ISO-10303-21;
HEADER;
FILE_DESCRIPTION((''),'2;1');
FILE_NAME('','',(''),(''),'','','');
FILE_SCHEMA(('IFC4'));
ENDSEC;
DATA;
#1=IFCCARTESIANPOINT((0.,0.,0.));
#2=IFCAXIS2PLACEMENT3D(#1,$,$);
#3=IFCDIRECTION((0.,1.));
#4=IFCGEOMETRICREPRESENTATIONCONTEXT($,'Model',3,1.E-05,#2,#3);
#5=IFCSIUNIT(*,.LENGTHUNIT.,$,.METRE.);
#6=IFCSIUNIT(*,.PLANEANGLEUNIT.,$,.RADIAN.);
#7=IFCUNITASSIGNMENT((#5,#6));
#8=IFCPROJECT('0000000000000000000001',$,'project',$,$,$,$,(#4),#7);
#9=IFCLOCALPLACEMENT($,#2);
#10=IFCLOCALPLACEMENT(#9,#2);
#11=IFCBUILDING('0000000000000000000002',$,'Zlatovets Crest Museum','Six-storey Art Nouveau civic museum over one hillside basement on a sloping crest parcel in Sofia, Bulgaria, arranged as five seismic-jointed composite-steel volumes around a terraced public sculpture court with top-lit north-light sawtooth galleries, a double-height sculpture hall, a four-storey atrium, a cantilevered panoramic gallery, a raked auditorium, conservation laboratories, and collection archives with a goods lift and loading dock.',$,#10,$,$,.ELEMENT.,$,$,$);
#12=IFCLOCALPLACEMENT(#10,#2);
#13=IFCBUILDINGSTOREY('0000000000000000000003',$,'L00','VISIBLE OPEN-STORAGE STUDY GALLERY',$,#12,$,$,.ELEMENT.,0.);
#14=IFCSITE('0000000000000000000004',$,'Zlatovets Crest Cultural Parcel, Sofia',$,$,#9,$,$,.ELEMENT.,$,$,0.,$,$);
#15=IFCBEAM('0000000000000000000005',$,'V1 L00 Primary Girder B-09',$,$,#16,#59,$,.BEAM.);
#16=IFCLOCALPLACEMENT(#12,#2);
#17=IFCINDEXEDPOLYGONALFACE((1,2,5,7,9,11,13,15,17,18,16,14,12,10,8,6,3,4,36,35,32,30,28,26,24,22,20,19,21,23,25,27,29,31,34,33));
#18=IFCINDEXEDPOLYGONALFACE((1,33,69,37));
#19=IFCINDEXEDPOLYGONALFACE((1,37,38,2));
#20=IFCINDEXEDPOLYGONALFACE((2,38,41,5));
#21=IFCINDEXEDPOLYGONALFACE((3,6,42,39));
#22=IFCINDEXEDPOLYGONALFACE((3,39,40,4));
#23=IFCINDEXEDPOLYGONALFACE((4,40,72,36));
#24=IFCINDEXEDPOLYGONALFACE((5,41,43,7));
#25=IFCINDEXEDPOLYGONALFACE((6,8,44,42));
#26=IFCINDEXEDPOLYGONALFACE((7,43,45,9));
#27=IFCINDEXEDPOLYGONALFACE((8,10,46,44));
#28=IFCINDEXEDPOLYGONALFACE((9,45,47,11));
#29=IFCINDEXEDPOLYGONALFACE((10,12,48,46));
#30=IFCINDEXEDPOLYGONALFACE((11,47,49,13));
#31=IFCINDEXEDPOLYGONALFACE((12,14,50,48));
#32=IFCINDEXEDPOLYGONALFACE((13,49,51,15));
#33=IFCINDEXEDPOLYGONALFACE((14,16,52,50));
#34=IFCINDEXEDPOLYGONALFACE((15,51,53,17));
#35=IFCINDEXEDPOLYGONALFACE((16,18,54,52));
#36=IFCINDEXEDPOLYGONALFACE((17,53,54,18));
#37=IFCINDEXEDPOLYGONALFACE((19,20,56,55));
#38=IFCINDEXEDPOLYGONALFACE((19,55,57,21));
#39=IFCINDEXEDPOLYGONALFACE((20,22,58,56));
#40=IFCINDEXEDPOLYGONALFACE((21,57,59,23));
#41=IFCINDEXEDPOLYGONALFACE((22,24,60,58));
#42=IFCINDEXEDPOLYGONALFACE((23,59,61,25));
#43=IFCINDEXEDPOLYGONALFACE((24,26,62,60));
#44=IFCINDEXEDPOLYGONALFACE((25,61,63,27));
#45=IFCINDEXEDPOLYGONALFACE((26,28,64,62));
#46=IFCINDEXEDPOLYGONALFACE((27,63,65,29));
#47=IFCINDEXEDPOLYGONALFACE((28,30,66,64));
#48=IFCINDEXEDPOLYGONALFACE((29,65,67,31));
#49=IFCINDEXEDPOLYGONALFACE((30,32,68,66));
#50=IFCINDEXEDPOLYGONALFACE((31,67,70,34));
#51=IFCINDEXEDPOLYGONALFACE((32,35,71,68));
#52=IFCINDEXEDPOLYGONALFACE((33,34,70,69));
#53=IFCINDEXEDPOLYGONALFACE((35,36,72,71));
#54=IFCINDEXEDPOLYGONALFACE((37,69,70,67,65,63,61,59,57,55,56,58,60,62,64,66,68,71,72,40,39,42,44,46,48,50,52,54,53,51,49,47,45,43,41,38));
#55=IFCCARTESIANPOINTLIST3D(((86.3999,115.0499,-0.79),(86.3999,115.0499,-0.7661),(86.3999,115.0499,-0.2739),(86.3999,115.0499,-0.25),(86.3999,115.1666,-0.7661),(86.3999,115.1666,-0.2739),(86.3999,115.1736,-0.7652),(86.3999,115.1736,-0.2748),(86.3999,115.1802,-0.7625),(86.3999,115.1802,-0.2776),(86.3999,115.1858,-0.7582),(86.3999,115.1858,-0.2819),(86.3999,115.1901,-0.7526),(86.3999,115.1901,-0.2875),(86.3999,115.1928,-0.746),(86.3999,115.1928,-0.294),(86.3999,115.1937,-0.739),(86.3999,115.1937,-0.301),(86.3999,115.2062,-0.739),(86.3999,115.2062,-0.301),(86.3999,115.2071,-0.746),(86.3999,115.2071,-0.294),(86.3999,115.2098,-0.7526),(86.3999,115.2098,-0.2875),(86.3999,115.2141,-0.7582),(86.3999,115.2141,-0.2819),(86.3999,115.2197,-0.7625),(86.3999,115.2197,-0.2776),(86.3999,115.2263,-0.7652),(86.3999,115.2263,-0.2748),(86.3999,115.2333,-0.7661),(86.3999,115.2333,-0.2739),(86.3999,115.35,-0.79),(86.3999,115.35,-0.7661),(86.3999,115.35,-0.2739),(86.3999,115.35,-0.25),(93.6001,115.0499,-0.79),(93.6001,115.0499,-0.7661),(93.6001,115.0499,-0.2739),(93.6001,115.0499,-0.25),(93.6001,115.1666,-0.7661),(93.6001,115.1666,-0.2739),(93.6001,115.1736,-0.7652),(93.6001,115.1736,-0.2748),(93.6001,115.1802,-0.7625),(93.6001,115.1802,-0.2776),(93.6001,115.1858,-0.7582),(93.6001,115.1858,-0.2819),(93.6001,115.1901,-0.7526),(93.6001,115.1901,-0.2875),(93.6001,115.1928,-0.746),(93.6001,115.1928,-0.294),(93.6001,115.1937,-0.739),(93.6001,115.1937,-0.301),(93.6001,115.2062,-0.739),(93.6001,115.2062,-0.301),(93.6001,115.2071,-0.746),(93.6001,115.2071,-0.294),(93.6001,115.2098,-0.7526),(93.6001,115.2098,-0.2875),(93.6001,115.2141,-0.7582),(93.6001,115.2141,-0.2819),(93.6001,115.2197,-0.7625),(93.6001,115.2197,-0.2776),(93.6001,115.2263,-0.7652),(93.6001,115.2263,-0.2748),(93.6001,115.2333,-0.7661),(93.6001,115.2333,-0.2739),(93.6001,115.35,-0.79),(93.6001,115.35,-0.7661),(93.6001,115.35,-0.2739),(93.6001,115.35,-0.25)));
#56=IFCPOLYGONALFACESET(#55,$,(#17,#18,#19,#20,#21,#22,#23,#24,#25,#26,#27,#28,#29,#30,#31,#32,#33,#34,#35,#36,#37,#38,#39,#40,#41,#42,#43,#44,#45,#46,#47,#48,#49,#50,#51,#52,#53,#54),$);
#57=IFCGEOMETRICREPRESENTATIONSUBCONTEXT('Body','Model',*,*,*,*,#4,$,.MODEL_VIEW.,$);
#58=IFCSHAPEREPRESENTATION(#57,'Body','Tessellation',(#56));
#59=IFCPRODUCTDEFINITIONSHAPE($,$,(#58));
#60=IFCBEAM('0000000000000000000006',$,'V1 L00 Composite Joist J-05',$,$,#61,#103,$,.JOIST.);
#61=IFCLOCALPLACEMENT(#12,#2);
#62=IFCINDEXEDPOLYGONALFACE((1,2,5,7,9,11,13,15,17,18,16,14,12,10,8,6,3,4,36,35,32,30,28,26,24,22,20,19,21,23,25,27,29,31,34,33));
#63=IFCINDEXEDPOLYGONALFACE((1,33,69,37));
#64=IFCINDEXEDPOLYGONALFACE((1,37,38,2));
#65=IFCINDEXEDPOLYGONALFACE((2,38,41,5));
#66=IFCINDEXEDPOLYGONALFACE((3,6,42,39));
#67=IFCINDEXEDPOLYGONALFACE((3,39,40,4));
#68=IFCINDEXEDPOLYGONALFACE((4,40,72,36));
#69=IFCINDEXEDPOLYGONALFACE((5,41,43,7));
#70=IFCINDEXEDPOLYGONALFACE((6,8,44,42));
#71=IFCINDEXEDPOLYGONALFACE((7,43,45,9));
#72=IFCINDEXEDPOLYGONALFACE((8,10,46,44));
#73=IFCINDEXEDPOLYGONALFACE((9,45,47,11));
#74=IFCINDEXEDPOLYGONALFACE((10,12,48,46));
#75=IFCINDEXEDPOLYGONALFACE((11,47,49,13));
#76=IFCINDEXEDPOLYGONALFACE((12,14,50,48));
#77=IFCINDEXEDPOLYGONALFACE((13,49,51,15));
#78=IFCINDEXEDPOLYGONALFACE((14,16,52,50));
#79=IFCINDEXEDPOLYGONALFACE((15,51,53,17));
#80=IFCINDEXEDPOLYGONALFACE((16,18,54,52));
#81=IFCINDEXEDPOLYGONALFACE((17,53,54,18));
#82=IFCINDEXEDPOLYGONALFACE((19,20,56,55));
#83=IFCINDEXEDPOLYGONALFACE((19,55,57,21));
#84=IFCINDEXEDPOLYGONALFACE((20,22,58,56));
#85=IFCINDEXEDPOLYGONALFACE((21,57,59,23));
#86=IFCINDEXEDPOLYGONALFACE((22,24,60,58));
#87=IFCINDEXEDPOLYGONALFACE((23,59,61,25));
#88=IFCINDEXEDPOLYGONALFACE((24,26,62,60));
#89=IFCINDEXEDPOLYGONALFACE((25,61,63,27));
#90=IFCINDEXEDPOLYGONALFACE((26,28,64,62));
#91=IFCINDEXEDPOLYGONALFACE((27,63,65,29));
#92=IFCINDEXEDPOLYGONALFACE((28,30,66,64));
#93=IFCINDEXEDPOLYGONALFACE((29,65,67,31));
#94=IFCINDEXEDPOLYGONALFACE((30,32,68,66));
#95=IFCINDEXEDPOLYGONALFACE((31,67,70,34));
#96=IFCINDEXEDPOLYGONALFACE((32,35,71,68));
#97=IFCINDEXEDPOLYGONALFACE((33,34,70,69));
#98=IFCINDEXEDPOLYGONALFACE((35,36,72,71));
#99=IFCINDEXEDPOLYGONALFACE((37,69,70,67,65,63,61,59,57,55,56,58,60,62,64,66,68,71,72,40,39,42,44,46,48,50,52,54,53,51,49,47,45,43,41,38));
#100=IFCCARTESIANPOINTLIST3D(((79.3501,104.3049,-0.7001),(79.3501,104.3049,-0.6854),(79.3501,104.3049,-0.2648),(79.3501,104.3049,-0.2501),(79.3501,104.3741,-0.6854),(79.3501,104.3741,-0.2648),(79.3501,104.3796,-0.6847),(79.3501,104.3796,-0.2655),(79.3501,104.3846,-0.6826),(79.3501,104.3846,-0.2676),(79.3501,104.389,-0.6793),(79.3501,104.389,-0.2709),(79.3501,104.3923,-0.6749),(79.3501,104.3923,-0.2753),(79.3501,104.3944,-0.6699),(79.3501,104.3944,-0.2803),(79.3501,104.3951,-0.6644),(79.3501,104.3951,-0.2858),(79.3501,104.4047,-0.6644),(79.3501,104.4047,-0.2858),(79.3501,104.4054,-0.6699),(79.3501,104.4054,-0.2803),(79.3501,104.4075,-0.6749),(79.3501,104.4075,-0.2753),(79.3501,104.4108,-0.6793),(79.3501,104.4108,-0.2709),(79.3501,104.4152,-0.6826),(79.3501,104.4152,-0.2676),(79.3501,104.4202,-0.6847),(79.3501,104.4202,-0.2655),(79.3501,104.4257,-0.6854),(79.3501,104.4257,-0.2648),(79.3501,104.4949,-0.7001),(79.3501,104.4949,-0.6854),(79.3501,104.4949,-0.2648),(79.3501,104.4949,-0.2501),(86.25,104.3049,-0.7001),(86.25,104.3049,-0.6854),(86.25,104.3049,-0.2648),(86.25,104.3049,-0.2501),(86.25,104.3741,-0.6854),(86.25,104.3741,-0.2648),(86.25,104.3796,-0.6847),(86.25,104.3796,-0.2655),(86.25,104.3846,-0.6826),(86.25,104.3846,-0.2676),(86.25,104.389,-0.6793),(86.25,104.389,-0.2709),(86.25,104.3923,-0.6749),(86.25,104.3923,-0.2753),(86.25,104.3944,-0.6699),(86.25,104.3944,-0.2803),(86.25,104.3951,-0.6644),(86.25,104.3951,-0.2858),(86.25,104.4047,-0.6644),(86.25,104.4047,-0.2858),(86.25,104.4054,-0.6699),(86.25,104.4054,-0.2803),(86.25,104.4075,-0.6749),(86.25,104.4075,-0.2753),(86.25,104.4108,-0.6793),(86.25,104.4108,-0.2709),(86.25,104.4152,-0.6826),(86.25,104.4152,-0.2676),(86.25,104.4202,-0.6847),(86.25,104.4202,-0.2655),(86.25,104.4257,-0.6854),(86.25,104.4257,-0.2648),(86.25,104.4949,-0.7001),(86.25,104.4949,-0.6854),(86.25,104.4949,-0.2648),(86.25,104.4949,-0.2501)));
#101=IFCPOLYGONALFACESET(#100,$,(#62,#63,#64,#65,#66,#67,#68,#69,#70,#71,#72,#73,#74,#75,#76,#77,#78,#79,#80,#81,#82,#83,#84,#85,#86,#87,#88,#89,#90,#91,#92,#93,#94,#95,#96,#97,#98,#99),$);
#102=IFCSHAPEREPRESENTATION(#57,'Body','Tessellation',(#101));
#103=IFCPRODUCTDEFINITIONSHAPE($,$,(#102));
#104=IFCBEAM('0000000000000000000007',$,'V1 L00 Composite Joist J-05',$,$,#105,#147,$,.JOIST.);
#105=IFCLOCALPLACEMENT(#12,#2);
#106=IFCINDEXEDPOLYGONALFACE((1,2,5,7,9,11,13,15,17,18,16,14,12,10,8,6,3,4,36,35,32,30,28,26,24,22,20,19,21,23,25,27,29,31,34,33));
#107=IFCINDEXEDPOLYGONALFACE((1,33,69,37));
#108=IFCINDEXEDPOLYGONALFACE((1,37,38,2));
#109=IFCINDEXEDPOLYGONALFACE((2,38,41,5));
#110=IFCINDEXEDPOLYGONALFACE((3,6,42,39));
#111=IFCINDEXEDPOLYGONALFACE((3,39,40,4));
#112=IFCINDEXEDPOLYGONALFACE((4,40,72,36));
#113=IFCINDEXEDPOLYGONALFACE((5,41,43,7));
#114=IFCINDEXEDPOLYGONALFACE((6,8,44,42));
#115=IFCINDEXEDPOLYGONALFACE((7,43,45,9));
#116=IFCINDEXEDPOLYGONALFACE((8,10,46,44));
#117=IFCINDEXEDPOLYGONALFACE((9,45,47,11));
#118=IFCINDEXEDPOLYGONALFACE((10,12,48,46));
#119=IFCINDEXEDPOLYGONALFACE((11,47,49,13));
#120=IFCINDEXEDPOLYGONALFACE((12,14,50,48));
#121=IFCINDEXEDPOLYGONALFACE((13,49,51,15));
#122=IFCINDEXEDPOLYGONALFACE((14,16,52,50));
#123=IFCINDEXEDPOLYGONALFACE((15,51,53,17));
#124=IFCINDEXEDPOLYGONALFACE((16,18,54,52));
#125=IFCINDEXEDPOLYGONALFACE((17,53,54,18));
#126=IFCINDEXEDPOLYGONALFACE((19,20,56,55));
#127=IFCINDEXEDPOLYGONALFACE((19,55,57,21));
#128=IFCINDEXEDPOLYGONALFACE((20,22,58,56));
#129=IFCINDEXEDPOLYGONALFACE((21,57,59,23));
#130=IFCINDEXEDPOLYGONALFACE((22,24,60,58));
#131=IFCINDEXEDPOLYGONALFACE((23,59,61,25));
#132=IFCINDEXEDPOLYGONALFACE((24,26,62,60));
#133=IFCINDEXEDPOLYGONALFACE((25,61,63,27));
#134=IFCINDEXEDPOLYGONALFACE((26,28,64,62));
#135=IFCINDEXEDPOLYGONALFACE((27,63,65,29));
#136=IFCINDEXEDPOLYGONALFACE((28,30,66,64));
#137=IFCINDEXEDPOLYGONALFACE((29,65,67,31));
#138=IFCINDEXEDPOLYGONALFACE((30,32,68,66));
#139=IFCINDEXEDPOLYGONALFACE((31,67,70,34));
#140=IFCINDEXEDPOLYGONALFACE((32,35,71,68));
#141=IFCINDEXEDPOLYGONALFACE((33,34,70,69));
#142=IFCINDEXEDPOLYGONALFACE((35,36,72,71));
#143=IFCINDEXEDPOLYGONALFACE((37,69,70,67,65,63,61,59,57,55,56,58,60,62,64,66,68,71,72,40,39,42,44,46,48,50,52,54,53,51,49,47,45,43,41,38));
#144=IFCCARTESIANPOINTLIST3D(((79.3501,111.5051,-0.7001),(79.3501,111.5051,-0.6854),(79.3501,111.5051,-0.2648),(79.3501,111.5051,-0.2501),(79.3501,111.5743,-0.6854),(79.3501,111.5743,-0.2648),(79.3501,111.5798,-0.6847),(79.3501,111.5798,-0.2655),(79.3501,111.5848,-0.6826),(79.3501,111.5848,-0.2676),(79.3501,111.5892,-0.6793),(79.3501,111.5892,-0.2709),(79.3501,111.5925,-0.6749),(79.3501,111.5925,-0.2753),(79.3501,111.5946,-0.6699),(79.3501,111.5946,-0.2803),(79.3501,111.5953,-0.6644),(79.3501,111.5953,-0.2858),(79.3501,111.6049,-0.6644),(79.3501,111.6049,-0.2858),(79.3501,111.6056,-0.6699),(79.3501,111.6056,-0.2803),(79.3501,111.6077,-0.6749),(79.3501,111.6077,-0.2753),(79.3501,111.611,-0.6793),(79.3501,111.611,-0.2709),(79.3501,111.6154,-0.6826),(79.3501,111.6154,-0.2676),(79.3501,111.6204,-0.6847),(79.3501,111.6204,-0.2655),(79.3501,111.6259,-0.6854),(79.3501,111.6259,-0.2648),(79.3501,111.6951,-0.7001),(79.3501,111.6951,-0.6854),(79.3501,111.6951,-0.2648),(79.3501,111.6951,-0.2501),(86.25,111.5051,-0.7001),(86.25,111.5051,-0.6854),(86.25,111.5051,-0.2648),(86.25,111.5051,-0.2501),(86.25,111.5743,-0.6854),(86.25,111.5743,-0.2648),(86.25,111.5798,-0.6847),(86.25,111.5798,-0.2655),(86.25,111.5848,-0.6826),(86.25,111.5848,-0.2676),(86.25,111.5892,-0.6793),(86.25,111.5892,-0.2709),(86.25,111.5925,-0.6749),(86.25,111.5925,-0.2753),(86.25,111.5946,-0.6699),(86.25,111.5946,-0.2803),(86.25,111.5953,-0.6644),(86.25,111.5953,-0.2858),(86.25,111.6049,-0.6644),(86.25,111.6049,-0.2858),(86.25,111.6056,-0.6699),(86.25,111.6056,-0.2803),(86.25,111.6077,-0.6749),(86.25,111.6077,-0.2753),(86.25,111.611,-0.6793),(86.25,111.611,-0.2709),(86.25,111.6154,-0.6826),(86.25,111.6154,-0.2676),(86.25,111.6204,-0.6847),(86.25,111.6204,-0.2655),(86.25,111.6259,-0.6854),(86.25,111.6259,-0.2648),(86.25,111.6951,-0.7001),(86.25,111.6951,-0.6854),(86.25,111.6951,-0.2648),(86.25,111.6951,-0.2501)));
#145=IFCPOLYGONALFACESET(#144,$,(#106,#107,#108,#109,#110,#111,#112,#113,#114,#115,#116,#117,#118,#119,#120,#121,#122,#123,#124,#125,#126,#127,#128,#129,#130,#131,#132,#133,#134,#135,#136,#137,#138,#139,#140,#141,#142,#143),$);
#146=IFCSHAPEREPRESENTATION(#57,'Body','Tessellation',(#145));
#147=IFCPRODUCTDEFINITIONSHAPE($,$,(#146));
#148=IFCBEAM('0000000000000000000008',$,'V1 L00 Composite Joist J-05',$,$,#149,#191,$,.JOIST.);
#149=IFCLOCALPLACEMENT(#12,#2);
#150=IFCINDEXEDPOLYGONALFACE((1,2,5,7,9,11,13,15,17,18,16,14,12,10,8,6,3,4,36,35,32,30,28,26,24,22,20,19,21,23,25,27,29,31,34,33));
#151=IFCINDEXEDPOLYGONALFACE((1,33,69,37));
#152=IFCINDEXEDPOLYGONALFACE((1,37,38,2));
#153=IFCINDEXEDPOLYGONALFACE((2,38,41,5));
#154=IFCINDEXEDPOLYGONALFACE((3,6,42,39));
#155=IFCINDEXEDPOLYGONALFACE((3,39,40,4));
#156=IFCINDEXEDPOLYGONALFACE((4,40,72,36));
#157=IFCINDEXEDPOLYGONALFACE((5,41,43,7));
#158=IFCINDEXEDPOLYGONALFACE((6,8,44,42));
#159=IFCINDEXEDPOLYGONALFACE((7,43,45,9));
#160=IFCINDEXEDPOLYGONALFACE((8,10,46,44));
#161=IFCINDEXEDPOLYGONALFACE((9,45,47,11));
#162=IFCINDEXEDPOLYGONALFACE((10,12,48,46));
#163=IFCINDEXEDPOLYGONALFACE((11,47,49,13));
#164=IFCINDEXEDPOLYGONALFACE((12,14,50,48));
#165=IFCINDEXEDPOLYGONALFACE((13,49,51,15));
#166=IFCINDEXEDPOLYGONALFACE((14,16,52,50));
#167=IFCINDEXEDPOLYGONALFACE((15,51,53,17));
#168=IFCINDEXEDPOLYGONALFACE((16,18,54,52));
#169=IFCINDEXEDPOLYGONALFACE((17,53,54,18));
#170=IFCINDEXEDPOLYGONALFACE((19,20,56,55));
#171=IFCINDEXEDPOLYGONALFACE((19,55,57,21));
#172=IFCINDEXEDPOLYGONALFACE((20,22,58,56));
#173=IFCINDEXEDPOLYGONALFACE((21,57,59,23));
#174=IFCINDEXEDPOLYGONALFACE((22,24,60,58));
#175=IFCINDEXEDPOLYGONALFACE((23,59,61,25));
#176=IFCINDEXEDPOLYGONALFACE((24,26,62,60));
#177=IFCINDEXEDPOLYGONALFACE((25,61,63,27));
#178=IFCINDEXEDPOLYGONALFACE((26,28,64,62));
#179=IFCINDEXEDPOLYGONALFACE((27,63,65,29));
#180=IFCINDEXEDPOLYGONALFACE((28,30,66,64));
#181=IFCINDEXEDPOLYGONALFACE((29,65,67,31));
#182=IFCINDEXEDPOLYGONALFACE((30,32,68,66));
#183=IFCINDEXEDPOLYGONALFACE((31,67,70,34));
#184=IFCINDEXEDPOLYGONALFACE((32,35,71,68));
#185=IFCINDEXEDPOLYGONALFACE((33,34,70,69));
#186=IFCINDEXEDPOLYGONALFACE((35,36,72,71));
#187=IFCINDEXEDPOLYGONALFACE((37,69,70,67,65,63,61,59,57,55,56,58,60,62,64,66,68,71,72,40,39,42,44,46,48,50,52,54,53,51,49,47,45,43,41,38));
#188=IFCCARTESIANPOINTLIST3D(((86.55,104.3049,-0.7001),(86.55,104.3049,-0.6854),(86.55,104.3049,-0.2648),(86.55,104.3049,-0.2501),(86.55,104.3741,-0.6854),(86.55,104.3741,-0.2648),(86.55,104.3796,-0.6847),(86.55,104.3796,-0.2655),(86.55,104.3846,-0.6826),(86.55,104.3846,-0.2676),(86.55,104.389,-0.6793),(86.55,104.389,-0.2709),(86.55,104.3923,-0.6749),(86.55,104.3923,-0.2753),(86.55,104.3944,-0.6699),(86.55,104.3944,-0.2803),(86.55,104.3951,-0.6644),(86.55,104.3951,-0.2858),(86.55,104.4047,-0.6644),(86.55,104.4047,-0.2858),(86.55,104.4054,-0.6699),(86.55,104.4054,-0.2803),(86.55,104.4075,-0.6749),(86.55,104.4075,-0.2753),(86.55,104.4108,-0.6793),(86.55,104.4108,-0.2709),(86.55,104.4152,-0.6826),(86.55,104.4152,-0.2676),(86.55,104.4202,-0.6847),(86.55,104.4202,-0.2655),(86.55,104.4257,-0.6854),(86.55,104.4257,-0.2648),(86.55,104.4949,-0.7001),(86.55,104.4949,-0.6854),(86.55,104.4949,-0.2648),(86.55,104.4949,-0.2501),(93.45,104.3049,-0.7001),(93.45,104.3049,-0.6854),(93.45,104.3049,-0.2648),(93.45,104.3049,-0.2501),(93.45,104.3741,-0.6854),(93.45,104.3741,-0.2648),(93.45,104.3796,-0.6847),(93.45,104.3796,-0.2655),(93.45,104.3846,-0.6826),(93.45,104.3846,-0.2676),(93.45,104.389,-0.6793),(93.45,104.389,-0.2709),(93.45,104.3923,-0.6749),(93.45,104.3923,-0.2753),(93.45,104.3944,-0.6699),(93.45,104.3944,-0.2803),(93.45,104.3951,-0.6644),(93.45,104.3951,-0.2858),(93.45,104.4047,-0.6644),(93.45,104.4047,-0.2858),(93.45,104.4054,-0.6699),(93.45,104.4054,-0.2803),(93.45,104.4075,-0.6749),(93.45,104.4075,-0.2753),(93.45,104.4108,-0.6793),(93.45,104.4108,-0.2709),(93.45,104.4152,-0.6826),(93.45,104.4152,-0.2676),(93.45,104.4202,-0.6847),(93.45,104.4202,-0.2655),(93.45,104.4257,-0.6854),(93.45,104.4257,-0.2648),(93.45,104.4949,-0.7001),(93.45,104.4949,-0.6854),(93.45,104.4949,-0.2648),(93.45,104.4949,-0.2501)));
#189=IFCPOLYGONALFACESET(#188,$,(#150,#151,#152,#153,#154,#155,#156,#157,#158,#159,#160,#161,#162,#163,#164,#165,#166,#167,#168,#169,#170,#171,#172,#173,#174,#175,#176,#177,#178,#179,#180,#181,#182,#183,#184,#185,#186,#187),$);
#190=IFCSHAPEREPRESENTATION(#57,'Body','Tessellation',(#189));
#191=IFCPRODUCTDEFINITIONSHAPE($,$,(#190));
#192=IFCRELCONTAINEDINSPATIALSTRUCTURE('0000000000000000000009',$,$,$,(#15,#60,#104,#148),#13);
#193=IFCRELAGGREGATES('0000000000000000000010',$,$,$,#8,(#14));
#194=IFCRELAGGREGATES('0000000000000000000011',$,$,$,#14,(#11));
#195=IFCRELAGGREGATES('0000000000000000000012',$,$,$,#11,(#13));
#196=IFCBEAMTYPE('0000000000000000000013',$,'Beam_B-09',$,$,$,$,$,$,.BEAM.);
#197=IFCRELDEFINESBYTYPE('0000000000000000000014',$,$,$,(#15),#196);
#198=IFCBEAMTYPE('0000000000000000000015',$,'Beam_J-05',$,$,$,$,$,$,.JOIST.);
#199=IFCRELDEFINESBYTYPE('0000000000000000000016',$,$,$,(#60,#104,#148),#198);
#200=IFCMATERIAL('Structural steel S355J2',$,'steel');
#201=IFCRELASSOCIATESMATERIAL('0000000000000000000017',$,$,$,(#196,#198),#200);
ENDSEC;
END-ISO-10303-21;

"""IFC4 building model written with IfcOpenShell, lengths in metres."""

from ifc_helpers import new_model, si_unit, direction, frame, origin, origin_2d, place, context, subcontext, project, spatial, i_section, extrude, material, material_profile, profile_set, type_object, element, save


model = new_model("IFC4")

# Units and contexts
model_context = context("Model", 3, precision=1e-05, world=origin(), true_north=direction((0.0, 1.0)))
body_context = subcontext(model_context, "Body", "Model", "MODEL_VIEW")
ifc_project = project(units=[si_unit("LENGTHUNIT", "METRE"), si_unit("PLANEANGLEUNIT", "RADIAN")], contexts=[model_context])

# Site, building, storey
site_placement = place(None, origin())
site = spatial("IfcSite", under=ifc_project, at=site_placement, Name="Zlatovets Crest Cultural Parcel, Sofia", CompositionType="ELEMENT", RefElevation=0.0)
building_placement = place(site_placement, origin())
building = spatial("IfcBuilding", under=site, at=building_placement, Name="Zlatovets Crest Museum", Description="Six-storey Art Nouveau civic museum over one hillside basement on a sloping crest parcel in Sofia, Bulgaria, arranged as five seismic-jointed composite-steel volumes around a terraced public sculpture court with top-lit north-light sawtooth galleries, a double-height sculpture hall, a four-storey atrium, a cantilevered panoramic gallery, a raked auditorium, conservation laboratories, and collection archives with a goods lift and loading dock.", CompositionType="ELEMENT")
storey_placement = place(building_placement, origin())
storey = spatial("IfcBuildingStorey", under=building, at=storey_placement, Name="L00", Description="VISIBLE OPEN-STORAGE STUDY GALLERY", CompositionType="ELEMENT", Elevation=0.0)

# Shared definitions
ifc_material_1 = material(Name="Structural steel S355J2", Category="steel")

# Beams
ifc_material_profile_1 = material_profile(ifc_material_1, i_section(OverallWidth=0.3, OverallDepth=0.54, WebThickness=0.0125, FlangeThickness=0.0239, FilletRadius=0.0271, at=origin_2d()), Name="HEA 550")
ifc_profile_set_1 = profile_set([ifc_material_profile_1], Name="Structural steel S355J2")
beam_type_1 = type_object("IfcBeamType", Name="Beam_B-09", PredefinedType="BEAM", material=ifc_profile_set_1)
beam_1_placement = place(storey_placement, frame((86.3999, 115.2, -0.52), z_axis=(1.0, 0.0, 0.0), x_axis=(0.0, 1.0, 0.0)))
element("IfcBeam", 1, at=beam_1_placement, inside=storey, type_object=beam_type_1, Name="V1 L00 Primary Girder B-09", PredefinedType="BEAM", context=body_context, shape_type="SweptSolid", body=[
    extrude(i_section(OverallWidth=0.3, OverallDepth=0.54, WebThickness=0.0125, FlangeThickness=0.0239, FilletRadius=0.0271, at=origin_2d()), origin(), (0.0, 0.0, 1.0), 7.2002),
])
ifc_material_profile_2 = material_profile(ifc_material_1, i_section(OverallWidth=0.1899, OverallDepth=0.45, WebThickness=0.0095, FlangeThickness=0.0146, FilletRadius=0.021, at=origin_2d()), Name="IPE 450")
ifc_profile_set_2 = profile_set([ifc_material_profile_2], Name="Structural steel S355J2")
beam_type_2 = type_object("IfcBeamType", Name="Beam_J-05", PredefinedType="JOIST", material=ifc_profile_set_2)
for number, where, z_axis, x_axis, name in (
    (2, (79.3501, 104.3999, -0.4751), (1.0, 0.0, 0.0), (0.0, 1.0, 0.0), "V1 L00 Composite Joist J-05"),
    (3, (79.3501, 111.6001, -0.4751), (1.0, 0.0, 0.0), (0.0, 1.0, 0.0), "V1 L00 Composite Joist J-05"),
    (4, (86.55, 104.3999, -0.4751), (1.0, 0.0, 0.0), (0.0, 1.0, 0.0), "V1 L00 Composite Joist J-05"),
):
    element("IfcBeam", number, at=place(storey_placement, frame(where, z_axis=z_axis, x_axis=x_axis)), inside=storey, type_object=beam_type_2, Name=name, PredefinedType="JOIST", context=body_context, shape_type="SweptSolid", body=[
        extrude(i_section(OverallWidth=0.1899, OverallDepth=0.45, WebThickness=0.0095, FlangeThickness=0.0146, FilletRadius=0.021, at=origin_2d()), origin(), (0.0, 0.0, 1.0), 6.8999),
    ])

save(model, "model.ifc")
